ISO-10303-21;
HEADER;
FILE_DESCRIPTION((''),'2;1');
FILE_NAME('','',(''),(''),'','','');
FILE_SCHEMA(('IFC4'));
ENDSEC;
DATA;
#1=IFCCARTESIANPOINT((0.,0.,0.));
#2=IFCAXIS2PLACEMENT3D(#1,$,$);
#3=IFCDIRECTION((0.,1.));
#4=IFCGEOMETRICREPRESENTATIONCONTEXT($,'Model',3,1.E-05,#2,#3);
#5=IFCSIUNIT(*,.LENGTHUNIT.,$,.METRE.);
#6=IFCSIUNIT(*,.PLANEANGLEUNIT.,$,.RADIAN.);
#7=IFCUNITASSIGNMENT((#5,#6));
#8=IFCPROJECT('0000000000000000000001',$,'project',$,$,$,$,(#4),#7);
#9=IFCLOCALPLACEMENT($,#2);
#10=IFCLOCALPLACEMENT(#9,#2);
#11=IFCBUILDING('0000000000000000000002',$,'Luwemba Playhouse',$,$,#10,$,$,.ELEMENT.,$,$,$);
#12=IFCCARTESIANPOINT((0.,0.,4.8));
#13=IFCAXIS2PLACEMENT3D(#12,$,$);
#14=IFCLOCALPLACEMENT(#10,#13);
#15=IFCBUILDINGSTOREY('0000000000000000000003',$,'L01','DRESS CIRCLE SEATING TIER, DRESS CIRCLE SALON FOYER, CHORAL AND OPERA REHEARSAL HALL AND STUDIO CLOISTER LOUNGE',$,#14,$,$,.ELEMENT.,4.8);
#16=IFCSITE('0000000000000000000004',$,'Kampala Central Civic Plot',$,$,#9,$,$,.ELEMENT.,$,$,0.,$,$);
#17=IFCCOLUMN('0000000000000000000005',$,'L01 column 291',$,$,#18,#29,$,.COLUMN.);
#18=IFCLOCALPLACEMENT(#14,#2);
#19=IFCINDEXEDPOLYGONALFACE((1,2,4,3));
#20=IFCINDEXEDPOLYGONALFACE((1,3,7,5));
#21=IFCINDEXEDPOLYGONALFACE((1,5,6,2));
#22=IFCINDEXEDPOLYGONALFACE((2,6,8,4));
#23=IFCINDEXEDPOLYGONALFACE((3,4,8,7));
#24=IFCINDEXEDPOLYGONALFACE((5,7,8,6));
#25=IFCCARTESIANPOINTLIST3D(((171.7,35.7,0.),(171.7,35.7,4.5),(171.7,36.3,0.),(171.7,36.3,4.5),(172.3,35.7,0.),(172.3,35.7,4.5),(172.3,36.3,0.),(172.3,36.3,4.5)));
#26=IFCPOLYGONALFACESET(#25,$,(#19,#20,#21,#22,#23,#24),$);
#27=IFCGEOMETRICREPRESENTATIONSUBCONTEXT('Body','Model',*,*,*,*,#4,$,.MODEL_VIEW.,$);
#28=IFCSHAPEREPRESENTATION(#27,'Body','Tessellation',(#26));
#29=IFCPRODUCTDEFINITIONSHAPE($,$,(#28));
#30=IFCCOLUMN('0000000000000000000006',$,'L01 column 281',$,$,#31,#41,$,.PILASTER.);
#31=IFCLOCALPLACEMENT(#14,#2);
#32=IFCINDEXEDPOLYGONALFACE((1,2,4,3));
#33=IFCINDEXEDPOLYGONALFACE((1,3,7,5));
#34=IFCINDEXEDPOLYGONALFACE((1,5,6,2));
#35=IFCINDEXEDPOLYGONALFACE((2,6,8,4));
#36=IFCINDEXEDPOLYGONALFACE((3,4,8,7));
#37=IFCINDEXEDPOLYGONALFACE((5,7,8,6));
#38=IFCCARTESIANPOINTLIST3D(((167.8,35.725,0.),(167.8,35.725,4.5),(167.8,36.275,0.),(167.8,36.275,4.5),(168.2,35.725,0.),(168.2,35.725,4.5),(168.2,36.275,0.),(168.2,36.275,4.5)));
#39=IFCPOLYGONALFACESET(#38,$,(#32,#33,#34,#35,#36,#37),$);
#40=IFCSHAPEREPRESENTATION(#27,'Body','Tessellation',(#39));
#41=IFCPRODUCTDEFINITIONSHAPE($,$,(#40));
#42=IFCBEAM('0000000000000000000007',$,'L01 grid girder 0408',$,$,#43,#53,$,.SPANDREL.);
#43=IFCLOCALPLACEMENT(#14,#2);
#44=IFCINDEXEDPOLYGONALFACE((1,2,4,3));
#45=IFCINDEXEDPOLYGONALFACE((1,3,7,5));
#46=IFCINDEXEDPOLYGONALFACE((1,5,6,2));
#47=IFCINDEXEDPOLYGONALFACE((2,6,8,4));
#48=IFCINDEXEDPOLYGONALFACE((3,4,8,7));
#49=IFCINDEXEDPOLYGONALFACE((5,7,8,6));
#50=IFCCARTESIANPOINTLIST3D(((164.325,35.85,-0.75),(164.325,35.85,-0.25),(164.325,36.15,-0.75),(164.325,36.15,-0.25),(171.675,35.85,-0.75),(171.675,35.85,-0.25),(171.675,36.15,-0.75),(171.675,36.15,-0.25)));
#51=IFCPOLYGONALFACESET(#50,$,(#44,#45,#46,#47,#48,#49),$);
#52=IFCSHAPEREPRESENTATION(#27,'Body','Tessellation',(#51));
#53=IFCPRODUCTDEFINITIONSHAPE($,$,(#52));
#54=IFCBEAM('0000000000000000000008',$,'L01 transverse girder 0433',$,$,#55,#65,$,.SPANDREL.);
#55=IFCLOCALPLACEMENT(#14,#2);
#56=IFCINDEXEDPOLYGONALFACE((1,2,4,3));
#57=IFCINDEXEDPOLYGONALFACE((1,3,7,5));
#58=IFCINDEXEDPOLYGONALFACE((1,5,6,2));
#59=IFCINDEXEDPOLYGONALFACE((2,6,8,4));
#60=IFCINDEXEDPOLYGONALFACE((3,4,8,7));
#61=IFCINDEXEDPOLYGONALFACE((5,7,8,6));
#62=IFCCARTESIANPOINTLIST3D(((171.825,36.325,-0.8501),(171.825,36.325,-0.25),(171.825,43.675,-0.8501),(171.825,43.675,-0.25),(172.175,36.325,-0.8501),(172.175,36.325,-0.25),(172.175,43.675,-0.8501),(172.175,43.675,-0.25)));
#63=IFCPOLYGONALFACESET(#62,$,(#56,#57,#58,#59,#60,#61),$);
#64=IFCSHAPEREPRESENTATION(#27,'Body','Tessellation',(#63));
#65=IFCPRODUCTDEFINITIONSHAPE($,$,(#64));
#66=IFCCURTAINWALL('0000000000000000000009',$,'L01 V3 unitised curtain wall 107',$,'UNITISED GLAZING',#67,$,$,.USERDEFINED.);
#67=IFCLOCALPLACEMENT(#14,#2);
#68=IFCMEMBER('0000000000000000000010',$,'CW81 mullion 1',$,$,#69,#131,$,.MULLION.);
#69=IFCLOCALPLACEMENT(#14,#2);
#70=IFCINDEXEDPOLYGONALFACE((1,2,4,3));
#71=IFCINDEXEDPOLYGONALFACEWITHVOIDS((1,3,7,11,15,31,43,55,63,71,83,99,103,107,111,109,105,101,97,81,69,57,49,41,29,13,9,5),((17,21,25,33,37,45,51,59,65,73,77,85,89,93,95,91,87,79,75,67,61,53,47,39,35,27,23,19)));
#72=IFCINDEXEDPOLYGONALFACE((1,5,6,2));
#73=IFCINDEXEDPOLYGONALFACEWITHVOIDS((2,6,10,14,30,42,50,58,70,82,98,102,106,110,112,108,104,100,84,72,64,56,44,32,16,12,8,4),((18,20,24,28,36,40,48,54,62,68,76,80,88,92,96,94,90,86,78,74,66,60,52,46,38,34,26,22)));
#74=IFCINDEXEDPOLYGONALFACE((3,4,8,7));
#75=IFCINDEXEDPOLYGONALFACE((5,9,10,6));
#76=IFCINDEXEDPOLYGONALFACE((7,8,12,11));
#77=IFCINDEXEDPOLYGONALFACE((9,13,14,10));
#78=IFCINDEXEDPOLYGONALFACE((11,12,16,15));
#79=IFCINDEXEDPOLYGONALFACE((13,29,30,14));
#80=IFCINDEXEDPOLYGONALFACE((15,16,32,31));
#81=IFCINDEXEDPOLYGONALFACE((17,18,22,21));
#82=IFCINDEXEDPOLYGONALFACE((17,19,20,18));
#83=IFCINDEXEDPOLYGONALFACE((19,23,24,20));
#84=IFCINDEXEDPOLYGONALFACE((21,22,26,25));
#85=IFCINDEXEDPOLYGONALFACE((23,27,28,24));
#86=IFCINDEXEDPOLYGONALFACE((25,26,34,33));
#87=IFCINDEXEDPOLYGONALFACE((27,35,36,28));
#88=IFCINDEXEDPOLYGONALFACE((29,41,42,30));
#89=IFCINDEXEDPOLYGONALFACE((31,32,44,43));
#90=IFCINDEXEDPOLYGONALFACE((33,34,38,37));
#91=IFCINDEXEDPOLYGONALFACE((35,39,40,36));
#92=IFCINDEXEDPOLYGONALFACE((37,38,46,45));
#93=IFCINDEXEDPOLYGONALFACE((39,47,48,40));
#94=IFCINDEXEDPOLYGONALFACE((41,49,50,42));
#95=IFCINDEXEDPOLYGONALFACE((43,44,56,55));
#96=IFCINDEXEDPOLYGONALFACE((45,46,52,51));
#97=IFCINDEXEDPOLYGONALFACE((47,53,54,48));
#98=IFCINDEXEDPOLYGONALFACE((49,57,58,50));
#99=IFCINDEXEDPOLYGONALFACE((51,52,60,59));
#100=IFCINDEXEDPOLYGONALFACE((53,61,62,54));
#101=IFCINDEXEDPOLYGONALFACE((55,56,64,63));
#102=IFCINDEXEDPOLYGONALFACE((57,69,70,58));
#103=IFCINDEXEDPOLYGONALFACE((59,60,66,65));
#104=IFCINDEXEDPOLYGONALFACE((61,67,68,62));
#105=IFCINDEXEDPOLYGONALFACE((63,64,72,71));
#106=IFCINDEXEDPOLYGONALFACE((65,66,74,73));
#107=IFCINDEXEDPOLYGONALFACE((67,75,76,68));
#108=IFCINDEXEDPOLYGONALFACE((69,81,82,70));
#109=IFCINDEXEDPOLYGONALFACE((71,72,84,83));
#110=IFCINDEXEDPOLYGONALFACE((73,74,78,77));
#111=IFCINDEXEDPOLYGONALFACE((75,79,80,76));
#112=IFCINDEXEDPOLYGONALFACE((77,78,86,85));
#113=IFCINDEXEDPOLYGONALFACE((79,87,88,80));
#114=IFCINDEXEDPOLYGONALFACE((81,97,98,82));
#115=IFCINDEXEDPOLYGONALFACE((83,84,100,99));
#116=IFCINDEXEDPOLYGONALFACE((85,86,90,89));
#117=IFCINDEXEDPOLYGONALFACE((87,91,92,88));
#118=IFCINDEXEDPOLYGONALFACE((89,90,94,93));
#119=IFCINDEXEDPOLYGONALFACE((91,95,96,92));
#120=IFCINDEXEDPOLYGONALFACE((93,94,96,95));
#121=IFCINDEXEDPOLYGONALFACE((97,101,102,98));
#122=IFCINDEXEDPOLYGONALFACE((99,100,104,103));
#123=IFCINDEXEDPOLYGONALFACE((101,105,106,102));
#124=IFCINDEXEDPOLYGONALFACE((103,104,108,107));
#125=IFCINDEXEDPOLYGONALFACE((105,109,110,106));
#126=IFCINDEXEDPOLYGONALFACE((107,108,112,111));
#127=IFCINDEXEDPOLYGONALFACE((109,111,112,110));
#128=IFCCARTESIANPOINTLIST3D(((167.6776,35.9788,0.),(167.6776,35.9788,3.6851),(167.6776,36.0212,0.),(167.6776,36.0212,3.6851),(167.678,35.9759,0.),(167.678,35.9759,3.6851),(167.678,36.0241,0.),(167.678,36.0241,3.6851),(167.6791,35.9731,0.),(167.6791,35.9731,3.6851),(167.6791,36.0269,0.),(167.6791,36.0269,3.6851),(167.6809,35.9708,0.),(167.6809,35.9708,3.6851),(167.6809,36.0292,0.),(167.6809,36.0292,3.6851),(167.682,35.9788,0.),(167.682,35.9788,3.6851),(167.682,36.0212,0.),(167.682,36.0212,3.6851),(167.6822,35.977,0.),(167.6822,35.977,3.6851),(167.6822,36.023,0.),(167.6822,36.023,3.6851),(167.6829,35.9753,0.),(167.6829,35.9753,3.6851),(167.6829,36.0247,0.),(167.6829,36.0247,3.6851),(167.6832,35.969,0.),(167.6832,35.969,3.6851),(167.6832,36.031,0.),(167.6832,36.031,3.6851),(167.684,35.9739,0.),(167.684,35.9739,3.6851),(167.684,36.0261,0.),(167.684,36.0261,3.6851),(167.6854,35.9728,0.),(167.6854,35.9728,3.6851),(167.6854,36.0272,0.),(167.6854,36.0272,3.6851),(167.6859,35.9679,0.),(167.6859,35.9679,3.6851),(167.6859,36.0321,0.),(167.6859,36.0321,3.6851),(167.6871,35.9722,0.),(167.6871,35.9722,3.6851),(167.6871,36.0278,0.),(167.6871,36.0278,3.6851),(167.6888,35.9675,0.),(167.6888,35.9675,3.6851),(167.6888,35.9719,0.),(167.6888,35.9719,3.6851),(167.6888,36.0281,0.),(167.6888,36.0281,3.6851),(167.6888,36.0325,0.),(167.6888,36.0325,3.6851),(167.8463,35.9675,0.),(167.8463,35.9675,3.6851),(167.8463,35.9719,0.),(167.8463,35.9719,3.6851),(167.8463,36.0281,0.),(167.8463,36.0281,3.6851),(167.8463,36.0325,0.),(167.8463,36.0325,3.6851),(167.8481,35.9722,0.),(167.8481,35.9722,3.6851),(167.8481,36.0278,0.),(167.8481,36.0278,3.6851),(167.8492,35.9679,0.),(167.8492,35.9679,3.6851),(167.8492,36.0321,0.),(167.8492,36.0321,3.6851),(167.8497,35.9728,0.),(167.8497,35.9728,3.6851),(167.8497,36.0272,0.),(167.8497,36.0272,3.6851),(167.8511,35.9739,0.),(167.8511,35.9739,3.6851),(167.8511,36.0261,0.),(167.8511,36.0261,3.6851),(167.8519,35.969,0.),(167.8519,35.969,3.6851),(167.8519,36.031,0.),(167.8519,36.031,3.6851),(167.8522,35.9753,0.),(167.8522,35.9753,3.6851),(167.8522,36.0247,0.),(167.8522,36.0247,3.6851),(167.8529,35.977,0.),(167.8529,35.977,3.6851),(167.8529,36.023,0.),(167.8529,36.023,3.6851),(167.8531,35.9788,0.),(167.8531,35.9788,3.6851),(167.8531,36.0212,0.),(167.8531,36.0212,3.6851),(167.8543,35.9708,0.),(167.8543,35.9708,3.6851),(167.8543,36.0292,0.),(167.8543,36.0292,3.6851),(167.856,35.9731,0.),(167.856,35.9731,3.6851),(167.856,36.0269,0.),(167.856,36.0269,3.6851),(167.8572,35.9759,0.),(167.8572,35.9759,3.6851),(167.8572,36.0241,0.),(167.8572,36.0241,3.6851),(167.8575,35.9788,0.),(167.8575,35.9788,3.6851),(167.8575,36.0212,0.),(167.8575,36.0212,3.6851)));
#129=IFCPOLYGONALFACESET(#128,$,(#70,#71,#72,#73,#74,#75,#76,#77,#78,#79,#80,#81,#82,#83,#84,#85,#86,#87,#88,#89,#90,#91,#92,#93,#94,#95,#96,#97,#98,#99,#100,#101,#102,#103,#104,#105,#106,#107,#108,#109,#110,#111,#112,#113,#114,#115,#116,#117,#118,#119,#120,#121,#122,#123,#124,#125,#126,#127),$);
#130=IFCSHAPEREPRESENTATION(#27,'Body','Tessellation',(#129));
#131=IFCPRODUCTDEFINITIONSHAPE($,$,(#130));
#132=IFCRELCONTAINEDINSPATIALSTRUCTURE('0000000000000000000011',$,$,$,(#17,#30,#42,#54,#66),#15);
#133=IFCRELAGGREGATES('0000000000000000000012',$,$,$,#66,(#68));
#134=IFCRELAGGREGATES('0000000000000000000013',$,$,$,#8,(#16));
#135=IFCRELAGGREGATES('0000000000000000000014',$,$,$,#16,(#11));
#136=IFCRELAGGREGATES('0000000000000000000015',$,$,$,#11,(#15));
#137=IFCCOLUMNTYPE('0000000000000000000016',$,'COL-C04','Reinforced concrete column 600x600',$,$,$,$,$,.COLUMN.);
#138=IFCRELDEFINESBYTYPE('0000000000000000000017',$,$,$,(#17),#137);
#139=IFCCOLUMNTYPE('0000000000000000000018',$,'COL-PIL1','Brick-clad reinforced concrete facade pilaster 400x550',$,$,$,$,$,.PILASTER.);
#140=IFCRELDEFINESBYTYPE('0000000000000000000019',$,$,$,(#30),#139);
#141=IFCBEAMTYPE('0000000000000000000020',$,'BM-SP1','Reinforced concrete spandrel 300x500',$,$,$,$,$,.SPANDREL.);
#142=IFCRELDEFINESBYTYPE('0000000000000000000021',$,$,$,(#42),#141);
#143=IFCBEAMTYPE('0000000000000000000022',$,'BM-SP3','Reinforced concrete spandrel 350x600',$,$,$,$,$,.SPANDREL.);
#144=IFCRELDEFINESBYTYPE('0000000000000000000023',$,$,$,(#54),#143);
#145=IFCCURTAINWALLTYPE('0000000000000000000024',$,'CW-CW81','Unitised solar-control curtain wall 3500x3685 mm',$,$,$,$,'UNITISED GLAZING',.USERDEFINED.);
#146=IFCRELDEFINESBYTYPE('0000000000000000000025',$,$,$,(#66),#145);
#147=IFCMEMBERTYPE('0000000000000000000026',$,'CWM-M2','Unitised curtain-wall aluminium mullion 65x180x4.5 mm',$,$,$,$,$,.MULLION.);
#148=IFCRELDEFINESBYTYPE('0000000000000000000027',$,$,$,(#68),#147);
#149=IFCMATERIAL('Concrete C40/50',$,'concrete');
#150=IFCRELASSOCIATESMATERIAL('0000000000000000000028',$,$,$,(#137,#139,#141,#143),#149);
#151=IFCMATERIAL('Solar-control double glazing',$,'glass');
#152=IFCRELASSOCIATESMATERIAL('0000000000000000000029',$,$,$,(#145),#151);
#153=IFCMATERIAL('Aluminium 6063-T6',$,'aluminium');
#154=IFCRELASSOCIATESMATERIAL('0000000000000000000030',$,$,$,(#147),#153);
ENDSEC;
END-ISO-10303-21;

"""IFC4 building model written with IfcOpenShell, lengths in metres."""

from ifc_helpers import new_model, si_unit, direction, frame, origin, origin_2d, place, context, subcontext, project, spatial, rectangle, hollow_rectangle, extrude, material, material_profile, profile_set, type_object, element, aggregate, save


model = new_model("IFC4")

# Units and contexts
model_context = context("Model", 3, precision=1e-05, world=origin(), true_north=direction((0.0, 1.0)))
body_context = subcontext(model_context, "Body", "Model", "MODEL_VIEW")
ifc_project = project(units=[si_unit("LENGTHUNIT", "METRE"), si_unit("PLANEANGLEUNIT", "RADIAN")], contexts=[model_context])

# Site, building, storey
site_placement = place(None, origin())
site = spatial("IfcSite", under=ifc_project, at=site_placement, Name="Kampala Central Civic Plot", CompositionType="ELEMENT", RefElevation=0.0)
building_placement = place(site_placement, origin())
building = spatial("IfcBuilding", under=site, at=building_placement, Name="Luwemba Playhouse", CompositionType="ELEMENT")
storey_placement = place(building_placement, frame((0.0, 0.0, 4.8)))
storey = spatial("IfcBuildingStorey", under=building, at=storey_placement, Name="L01", Description="DRESS CIRCLE SEATING TIER, DRESS CIRCLE SALON FOYER, CHORAL AND OPERA REHEARSAL HALL AND STUDIO CLOISTER LOUNGE", CompositionType="ELEMENT", Elevation=4.8)

# Columns
ifc_material_1 = material(Name="Concrete C40/50", Category="concrete")
ifc_material_profile_1 = material_profile(ifc_material_1, rectangle(XDim=0.6001, YDim=0.6001, at=origin_2d()))
ifc_profile_set_1 = profile_set([ifc_material_profile_1], Name="Concrete C40/50")
column_type_1 = type_object("IfcColumnType", Name="COL-C04", Description="Reinforced concrete column 600x600", PredefinedType="COLUMN", material=ifc_profile_set_1)
column_1_placement = place(storey_placement, frame((172.0, 36.0, 0.0), z_axis=(0.0, 0.0, 1.0), x_axis=(1.0, 0.0, 0.0)))
element("IfcColumn", 1, at=column_1_placement, inside=storey, type_object=column_type_1, Name="L01 column 291", PredefinedType="COLUMN", context=body_context, shape_type="SweptSolid", body=[
    extrude(rectangle(XDim=0.6001, YDim=0.6001, at=origin_2d()), origin(), (0.0, 0.0, 1.0), 4.5),
])
ifc_material_profile_2 = material_profile(ifc_material_1, rectangle(XDim=0.3999, YDim=0.55, at=origin_2d()))
ifc_profile_set_2 = profile_set([ifc_material_profile_2], Name="Concrete C40/50")
column_type_2 = type_object("IfcColumnType", Name="COL-PIL1", Description="Brick-clad reinforced concrete facade pilaster 400x550", PredefinedType="PILASTER", material=ifc_profile_set_2)
column_2_placement = place(storey_placement, frame((168.0, 36.0, 0.0), z_axis=(0.0, 0.0, 1.0), x_axis=(1.0, 0.0, 0.0)))
element("IfcColumn", 2, at=column_2_placement, inside=storey, type_object=column_type_2, Name="L01 column 281", PredefinedType="PILASTER", context=body_context, shape_type="SweptSolid", body=[
    extrude(rectangle(XDim=0.3999, YDim=0.55, at=origin_2d()), origin(), (0.0, 0.0, 1.0), 4.5),
])

# Beams
ifc_material_profile_3 = material_profile(ifc_material_1, rectangle(XDim=0.3, YDim=0.5, at=origin_2d()))
ifc_profile_set_3 = profile_set([ifc_material_profile_3], Name="Concrete C40/50")
beam_type_1 = type_object("IfcBeamType", Name="BM-SP1", Description="Reinforced concrete spandrel 300x500", PredefinedType="SPANDREL", material=ifc_profile_set_3)
beam_1_placement = place(storey_placement, frame((164.325, 36.0, -0.5), z_axis=(1.0, 0.0, 0.0), x_axis=(0.0, 1.0, 0.0)))
element("IfcBeam", 3, at=beam_1_placement, inside=storey, type_object=beam_type_1, Name="L01 grid girder 0408", PredefinedType="SPANDREL", context=body_context, shape_type="SweptSolid", body=[
    extrude(rectangle(XDim=0.3, YDim=0.5, at=origin_2d()), origin(), (0.0, 0.0, 1.0), 7.3501),
])
ifc_material_profile_4 = material_profile(ifc_material_1, rectangle(XDim=0.3501, YDim=0.6001, at=origin_2d()))
ifc_profile_set_4 = profile_set([ifc_material_profile_4], Name="Concrete C40/50")
beam_type_2 = type_object("IfcBeamType", Name="BM-SP3", Description="Reinforced concrete spandrel 350x600", PredefinedType="SPANDREL", material=ifc_profile_set_4)
beam_2_placement = place(storey_placement, frame((172.0, 36.325, -0.55), z_axis=(0.0, 1.0, 0.0), x_axis=(-1.0, 0.0, 0.0)))
element("IfcBeam", 4, at=beam_2_placement, inside=storey, type_object=beam_type_2, Name="L01 transverse girder 0433", PredefinedType="SPANDREL", context=body_context, shape_type="SweptSolid", body=[
    extrude(rectangle(XDim=0.3501, YDim=0.6001, at=origin_2d()), origin(), (0.0, 0.0, 1.0), 7.3501),
])

# Curtain wall, member
ifc_material_2 = material(Name="Solar-control double glazing", Category="glass")
curtain_wall_type = type_object("IfcCurtainWallType", Name="CW-CW81", Description="Unitised solar-control curtain wall 3500x3685 mm", ElementType="UNITISED GLAZING", PredefinedType="USERDEFINED", material=ifc_material_2)
curtain_wall_placement = place(storey_placement, origin())
curtain_wall = element("IfcCurtainWall", 5, at=curtain_wall_placement, inside=storey, type_object=curtain_wall_type, Name="L01 V3 unitised curtain wall 107", ObjectType="UNITISED GLAZING", PredefinedType="USERDEFINED")
ifc_material_3 = material(Name="Aluminium 6063-T6", Category="aluminium")
ifc_material_profile_5 = material_profile(ifc_material_3, hollow_rectangle(XDim=0.0649, YDim=0.1799, WallThickness=0.0044, InnerFilletRadius=0.0068, OuterFilletRadius=0.0112, at=origin_2d()))
ifc_profile_set_5 = profile_set([ifc_material_profile_5], Name="Aluminium 6063-T6")
member_type_1 = type_object("IfcMemberType", Name="CWM-M2", Description="Unitised curtain-wall aluminium mullion 65x180x4.5 mm", PredefinedType="MULLION", material=ifc_profile_set_5)
member_1_placement = place(storey_placement, frame((167.7676, 36.0, 0.0), z_axis=(0.0, 0.0, 1.0), x_axis=(0.0, -1.0, 0.0)))
member_1 = element("IfcMember", 6, at=member_1_placement, type_object=member_type_1, Name="CW81 mullion 1", PredefinedType="MULLION", context=body_context, shape_type="SweptSolid", body=[
    extrude(hollow_rectangle(XDim=0.0649, YDim=0.1799, WallThickness=0.0044, InnerFilletRadius=0.0068, OuterFilletRadius=0.0112, at=origin_2d()), origin(), (0.0, 0.0, 1.0), 3.6851),
])

aggregate(curtain_wall, [member_1])

save(model, "model.ifc")
